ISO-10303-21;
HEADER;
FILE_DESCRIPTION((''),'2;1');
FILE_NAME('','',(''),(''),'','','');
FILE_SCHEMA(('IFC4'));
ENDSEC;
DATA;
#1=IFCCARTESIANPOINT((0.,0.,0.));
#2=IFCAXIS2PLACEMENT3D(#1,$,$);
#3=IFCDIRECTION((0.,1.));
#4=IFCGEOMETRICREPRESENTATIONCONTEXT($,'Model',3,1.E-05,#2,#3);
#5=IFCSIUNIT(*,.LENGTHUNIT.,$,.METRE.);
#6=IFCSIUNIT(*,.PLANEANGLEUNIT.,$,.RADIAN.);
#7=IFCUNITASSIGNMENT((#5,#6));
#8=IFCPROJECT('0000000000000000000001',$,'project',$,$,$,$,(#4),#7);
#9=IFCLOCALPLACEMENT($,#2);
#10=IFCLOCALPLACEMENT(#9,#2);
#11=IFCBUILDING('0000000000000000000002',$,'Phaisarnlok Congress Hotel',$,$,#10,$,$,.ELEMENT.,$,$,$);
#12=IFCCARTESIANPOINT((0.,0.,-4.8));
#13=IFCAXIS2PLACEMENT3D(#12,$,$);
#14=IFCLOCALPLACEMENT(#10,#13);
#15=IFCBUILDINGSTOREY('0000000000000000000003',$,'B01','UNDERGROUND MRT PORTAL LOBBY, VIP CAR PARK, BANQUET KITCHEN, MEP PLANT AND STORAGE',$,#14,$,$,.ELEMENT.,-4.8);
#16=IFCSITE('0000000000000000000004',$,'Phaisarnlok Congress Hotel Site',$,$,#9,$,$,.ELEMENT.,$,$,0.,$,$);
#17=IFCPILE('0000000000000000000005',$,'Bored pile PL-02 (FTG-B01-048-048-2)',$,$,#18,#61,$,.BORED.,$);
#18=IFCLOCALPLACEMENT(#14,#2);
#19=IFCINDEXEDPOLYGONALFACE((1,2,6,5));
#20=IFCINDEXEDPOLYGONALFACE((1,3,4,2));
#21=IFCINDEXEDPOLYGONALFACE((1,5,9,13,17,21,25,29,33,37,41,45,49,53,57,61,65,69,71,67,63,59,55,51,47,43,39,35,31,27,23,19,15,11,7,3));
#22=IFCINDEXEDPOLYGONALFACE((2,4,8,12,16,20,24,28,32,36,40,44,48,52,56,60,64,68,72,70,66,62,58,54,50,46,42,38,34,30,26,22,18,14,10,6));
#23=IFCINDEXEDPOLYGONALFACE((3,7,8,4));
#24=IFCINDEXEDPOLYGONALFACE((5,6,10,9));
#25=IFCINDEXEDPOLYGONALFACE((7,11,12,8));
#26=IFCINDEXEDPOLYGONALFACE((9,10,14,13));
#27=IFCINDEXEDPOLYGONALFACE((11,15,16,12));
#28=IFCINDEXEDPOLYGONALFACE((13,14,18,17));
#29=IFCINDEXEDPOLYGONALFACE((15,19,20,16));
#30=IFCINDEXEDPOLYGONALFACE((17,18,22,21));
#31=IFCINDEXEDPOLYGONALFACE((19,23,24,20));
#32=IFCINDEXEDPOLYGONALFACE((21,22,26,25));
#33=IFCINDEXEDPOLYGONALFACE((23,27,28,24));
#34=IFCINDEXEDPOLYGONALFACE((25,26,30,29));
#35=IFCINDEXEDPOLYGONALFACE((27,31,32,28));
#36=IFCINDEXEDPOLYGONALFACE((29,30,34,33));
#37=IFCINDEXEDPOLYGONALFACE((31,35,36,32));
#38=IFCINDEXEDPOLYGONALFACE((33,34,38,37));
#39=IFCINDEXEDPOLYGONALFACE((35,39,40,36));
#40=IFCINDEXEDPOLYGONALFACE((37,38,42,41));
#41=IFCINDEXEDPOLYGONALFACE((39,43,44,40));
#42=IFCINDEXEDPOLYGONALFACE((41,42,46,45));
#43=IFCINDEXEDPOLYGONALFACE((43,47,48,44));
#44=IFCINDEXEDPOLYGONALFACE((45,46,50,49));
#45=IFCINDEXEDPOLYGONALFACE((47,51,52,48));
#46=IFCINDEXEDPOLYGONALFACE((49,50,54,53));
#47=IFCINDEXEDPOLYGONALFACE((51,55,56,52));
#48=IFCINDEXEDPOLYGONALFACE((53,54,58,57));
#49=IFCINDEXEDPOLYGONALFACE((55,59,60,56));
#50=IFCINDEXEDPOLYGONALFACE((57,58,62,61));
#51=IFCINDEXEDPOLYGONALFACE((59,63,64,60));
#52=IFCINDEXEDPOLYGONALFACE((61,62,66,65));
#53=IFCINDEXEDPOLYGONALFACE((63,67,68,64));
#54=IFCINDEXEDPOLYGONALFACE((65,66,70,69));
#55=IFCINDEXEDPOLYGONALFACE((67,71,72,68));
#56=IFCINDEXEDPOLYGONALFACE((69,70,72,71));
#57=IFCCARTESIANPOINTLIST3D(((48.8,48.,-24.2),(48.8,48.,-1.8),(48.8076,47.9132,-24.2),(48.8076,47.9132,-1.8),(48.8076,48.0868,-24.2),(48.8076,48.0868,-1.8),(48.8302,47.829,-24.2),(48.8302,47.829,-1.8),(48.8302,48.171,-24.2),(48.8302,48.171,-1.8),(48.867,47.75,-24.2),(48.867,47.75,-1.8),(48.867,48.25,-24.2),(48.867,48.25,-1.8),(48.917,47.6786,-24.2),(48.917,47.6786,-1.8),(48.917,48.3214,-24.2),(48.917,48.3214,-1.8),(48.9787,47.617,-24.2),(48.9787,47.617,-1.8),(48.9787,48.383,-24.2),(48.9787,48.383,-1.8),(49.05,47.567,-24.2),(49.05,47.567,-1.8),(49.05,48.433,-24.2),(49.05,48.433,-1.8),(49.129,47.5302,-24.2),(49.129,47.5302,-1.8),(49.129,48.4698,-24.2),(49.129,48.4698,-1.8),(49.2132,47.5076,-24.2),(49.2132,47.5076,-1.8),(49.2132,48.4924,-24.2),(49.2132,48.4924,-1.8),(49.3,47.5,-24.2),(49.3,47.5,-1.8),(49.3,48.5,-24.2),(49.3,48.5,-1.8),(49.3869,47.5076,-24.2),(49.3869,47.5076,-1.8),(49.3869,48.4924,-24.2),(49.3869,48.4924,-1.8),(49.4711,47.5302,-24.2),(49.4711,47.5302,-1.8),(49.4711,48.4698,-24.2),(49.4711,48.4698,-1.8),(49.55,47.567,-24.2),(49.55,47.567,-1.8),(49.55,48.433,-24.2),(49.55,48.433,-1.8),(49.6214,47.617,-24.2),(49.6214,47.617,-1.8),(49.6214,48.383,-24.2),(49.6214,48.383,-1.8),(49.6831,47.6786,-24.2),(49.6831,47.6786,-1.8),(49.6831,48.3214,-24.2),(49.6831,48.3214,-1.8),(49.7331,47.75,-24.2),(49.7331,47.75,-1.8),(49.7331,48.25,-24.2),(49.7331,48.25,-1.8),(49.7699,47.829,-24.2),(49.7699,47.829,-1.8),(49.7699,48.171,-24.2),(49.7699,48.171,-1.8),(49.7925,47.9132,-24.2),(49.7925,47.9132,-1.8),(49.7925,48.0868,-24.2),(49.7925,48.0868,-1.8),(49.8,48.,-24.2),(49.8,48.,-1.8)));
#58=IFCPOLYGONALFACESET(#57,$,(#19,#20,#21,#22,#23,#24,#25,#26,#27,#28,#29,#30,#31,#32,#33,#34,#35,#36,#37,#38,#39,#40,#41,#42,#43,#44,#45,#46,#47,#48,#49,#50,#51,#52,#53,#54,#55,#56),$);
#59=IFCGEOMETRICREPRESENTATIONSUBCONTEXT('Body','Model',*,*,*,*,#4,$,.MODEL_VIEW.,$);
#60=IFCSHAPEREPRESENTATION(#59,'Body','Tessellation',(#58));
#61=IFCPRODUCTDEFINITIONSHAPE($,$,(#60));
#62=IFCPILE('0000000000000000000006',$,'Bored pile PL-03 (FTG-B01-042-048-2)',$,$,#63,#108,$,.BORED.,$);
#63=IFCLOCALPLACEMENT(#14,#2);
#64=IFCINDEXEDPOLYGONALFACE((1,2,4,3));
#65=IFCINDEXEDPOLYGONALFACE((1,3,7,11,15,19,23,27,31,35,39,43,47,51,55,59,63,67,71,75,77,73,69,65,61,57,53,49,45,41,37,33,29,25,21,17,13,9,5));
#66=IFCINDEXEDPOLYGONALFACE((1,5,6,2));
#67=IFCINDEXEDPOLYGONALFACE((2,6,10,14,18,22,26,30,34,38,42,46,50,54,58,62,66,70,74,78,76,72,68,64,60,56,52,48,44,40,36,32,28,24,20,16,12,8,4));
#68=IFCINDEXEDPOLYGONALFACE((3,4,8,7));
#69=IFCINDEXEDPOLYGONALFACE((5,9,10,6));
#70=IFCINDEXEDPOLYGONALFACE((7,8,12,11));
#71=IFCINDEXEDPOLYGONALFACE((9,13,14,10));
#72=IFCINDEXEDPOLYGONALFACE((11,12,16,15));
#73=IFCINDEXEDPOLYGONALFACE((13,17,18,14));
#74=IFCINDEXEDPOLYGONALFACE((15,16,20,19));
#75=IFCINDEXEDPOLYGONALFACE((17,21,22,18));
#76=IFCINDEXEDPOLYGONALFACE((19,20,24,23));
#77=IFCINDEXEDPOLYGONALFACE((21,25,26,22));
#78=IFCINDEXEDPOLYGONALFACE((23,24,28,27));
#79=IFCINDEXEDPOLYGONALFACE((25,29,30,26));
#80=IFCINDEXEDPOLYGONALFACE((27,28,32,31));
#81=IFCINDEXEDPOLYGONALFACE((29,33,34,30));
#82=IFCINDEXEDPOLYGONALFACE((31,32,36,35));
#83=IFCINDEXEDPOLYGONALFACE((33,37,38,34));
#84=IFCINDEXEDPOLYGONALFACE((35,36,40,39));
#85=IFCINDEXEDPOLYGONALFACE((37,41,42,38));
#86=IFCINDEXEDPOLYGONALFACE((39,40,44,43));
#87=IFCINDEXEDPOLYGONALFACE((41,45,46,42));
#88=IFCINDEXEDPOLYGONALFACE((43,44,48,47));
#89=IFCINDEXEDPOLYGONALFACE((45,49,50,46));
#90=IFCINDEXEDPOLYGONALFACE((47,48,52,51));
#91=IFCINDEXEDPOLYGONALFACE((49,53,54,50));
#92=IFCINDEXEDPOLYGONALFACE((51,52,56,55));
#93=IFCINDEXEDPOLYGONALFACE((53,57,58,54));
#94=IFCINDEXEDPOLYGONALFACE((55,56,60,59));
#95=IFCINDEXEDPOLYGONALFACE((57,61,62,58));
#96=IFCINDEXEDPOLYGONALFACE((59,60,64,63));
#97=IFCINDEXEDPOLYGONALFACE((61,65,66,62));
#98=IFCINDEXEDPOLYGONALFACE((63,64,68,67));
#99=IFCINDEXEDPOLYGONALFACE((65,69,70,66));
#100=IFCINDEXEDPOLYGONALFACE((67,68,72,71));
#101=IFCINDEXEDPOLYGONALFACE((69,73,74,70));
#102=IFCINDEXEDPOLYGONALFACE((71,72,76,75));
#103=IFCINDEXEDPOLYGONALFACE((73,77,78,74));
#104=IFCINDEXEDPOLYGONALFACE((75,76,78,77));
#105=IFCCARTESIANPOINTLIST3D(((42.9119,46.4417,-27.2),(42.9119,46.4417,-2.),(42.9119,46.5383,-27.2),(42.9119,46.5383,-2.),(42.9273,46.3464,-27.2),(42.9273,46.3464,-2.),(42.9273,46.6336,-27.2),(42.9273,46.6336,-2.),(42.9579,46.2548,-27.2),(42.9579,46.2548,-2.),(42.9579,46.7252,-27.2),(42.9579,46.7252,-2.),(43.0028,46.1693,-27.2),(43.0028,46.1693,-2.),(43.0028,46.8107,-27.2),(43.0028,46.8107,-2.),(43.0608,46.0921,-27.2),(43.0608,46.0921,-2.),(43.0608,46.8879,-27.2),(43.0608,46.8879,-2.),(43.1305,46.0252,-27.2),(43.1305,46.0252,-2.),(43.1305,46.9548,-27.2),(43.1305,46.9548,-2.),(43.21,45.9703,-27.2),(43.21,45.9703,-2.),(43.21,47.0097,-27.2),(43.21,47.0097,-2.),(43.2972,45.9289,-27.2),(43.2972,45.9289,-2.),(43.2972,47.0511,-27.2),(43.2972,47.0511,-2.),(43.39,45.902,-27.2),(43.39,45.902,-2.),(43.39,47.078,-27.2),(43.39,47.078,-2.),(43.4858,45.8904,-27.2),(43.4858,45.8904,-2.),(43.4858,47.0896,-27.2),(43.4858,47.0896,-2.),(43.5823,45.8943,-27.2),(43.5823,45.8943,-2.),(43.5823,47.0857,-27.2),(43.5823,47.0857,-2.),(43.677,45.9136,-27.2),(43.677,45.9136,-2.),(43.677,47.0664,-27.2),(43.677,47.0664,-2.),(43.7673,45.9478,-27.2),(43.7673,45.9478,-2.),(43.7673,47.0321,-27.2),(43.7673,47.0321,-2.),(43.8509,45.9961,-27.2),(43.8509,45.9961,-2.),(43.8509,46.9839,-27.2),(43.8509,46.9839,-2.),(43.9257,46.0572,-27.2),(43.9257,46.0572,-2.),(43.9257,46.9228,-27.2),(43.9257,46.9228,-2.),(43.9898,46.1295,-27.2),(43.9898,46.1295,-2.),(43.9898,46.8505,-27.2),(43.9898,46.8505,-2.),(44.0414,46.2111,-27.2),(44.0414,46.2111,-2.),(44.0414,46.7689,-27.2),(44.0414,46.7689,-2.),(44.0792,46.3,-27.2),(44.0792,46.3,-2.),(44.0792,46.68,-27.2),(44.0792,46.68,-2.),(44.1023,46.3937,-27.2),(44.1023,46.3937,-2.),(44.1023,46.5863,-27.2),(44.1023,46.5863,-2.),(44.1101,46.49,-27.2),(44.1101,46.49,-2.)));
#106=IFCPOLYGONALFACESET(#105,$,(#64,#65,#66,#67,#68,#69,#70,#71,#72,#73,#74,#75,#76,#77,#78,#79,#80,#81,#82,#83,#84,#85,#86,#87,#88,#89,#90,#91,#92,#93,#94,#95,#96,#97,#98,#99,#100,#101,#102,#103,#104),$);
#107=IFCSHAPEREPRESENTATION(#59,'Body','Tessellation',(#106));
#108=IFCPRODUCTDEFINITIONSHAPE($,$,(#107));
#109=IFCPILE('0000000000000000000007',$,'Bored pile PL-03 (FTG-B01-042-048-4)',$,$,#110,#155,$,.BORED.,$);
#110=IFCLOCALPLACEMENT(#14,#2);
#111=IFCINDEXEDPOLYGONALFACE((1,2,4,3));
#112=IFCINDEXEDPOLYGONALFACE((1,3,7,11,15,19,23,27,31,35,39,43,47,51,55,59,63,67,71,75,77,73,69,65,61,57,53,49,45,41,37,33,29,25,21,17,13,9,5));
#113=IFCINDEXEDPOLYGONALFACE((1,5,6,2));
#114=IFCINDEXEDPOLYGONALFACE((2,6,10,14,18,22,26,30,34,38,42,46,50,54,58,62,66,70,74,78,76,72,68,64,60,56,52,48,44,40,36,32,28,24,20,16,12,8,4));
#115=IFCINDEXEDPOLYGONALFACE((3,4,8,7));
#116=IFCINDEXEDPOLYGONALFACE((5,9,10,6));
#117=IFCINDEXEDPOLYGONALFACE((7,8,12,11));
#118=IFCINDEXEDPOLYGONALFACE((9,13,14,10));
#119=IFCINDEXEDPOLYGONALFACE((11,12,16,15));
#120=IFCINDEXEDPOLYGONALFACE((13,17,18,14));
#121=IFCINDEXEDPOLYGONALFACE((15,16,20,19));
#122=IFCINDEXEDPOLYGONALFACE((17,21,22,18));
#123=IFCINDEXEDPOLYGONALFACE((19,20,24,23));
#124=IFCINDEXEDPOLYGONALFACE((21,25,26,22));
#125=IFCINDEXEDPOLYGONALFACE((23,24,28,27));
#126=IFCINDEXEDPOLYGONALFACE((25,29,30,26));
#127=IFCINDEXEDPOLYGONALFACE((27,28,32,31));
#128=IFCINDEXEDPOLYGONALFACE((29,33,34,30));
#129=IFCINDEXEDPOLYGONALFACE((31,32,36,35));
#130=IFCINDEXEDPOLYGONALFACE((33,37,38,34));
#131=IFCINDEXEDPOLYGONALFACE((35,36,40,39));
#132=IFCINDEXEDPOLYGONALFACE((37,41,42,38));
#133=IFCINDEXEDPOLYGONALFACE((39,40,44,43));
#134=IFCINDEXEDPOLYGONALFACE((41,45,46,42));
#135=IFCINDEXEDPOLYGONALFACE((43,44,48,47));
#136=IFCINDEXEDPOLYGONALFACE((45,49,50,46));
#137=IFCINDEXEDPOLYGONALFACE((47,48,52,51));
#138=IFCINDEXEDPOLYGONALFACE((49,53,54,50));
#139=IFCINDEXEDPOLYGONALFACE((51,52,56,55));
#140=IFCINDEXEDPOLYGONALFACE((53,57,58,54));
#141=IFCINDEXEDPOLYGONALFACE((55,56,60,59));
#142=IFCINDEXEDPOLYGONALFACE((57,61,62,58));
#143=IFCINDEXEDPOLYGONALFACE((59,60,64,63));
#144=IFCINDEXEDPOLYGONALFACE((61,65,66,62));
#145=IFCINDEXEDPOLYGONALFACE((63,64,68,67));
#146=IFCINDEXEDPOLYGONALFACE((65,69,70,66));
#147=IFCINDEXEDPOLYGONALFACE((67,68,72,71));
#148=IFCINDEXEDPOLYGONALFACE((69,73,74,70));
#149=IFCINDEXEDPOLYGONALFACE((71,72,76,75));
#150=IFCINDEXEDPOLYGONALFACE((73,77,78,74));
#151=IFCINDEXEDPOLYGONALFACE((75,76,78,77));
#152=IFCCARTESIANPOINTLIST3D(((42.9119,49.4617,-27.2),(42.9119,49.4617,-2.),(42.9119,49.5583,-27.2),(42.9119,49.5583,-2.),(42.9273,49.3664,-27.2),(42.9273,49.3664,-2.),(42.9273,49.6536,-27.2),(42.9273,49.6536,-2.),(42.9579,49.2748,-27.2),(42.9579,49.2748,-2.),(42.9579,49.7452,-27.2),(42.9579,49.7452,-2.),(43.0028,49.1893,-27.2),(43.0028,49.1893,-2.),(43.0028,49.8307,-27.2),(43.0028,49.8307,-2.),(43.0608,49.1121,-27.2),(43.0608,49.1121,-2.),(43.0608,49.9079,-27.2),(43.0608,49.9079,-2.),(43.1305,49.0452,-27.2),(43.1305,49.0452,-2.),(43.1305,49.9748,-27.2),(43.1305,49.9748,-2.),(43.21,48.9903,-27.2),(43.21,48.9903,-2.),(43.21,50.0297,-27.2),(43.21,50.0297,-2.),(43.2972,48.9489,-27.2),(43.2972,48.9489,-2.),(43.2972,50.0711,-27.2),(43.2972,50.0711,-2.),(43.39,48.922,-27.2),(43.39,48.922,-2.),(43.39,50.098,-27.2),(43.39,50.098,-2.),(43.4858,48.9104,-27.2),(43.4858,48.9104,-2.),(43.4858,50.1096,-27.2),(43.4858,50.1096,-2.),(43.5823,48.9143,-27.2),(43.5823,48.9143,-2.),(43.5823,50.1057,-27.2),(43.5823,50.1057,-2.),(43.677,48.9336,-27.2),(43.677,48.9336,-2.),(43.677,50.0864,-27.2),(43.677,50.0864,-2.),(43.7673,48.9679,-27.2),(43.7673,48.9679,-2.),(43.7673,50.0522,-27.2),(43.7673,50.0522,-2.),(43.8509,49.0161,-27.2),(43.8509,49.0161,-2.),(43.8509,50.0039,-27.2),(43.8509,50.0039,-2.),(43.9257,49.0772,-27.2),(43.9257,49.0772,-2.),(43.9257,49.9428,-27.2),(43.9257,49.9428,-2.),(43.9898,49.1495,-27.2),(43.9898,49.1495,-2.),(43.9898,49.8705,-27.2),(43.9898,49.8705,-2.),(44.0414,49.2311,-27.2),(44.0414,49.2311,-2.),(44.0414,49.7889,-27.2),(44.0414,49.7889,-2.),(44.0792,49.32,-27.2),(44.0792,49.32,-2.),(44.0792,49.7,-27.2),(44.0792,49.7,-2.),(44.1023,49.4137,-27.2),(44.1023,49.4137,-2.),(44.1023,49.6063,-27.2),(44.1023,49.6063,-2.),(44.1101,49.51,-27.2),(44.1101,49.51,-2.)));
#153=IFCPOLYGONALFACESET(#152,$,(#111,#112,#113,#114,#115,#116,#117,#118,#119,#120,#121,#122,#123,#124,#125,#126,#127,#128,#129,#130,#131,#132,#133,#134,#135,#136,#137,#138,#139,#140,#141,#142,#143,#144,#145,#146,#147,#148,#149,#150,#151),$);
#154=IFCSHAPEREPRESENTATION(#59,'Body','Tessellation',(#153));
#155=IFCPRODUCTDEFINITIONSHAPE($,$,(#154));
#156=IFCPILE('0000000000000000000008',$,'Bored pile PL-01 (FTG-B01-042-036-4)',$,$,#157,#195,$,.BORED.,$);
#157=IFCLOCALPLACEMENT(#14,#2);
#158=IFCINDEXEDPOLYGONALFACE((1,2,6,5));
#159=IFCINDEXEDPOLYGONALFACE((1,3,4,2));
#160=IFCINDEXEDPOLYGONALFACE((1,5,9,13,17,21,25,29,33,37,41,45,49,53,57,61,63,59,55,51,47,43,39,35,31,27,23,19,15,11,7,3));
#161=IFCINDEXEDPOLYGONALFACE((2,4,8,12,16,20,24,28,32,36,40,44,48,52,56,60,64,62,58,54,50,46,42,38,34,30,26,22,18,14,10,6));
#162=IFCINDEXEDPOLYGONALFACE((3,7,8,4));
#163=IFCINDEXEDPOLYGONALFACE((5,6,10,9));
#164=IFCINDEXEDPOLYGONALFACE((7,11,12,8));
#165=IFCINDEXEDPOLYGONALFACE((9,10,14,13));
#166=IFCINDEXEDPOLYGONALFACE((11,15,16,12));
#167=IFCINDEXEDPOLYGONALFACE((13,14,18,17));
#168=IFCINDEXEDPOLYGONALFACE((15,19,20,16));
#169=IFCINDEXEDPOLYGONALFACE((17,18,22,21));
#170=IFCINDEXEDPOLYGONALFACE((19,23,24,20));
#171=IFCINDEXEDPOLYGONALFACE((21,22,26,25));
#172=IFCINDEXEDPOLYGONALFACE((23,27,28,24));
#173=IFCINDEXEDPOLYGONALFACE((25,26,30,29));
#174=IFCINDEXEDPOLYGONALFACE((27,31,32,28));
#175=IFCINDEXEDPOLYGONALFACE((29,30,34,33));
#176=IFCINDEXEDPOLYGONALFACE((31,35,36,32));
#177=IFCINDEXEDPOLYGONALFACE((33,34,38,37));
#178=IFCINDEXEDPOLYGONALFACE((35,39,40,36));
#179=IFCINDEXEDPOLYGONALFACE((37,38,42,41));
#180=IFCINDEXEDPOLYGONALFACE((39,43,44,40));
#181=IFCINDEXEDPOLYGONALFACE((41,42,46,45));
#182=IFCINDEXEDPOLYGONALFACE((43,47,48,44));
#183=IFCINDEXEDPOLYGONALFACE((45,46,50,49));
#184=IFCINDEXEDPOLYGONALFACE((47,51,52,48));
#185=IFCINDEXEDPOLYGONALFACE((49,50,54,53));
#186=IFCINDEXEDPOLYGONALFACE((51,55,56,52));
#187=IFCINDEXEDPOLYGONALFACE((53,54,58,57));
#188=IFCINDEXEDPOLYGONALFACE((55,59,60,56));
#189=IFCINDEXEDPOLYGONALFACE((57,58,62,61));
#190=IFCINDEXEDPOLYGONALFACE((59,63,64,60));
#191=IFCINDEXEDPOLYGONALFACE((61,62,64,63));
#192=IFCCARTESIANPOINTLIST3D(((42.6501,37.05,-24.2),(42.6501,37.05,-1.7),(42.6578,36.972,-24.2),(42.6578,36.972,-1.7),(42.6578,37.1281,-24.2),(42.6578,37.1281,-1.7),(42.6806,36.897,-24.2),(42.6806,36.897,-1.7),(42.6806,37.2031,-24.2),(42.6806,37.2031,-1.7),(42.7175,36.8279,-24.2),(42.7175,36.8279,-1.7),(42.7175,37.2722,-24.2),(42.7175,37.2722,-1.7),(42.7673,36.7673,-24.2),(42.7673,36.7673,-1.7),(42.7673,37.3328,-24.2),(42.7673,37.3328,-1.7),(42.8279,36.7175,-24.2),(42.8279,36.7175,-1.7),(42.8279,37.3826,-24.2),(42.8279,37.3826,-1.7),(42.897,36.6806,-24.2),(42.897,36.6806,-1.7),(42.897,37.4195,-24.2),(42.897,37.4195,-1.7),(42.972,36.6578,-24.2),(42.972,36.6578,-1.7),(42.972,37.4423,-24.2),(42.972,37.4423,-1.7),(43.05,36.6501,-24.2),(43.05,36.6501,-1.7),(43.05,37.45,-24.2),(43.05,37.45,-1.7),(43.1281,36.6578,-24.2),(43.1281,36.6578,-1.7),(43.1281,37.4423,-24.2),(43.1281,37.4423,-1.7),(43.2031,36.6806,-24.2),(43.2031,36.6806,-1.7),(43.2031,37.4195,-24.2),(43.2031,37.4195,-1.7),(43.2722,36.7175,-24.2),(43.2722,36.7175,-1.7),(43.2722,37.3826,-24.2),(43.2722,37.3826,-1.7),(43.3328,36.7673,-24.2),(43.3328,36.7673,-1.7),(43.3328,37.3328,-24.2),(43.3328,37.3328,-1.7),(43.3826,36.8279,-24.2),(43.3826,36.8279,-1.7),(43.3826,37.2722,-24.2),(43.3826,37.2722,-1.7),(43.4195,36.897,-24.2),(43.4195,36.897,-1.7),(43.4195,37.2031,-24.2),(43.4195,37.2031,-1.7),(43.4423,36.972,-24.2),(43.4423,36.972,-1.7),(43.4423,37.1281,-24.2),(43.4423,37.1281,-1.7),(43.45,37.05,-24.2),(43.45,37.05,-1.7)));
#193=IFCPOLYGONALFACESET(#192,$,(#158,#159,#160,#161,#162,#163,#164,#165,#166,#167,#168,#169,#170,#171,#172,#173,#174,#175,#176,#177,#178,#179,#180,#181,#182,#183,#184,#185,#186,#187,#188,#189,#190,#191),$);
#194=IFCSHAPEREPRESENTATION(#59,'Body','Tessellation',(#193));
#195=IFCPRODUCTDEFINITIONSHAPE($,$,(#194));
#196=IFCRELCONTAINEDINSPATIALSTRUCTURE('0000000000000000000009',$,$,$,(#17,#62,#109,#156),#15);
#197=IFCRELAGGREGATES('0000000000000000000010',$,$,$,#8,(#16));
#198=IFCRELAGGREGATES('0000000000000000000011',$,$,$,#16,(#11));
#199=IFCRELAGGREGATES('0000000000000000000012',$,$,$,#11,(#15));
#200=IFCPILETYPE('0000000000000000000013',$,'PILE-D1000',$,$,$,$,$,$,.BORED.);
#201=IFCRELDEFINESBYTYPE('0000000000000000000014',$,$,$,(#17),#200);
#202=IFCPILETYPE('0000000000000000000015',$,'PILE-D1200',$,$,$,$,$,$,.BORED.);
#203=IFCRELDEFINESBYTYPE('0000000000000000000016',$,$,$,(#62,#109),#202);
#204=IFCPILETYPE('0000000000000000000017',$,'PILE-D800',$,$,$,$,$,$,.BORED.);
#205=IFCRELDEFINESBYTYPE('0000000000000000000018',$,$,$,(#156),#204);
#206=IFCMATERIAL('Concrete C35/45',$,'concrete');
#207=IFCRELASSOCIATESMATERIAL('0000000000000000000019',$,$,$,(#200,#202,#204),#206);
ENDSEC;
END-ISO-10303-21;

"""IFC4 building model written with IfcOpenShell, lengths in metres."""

from ifc_helpers import new_model, si_unit, direction, frame, origin, origin_2d, place, context, subcontext, project, spatial, circle, extrude, material, material_profile, profile_set, type_object, element, save


model = new_model("IFC4")

# Units and contexts
model_context = context("Model", 3, precision=1e-05, world=origin(), true_north=direction((0.0, 1.0)))
body_context = subcontext(model_context, "Body", "Model", "MODEL_VIEW")
ifc_project = project(units=[si_unit("LENGTHUNIT", "METRE"), si_unit("PLANEANGLEUNIT", "RADIAN")], contexts=[model_context])

# Site, building, storey
site_placement = place(None, origin())
site = spatial("IfcSite", under=ifc_project, at=site_placement, Name="Phaisarnlok Congress Hotel Site", CompositionType="ELEMENT", RefElevation=0.0)
building_placement = place(site_placement, origin())
building = spatial("IfcBuilding", under=site, at=building_placement, Name="Phaisarnlok Congress Hotel", CompositionType="ELEMENT")
storey_placement = place(building_placement, frame((0.0, 0.0, -4.8)))
storey = spatial("IfcBuildingStorey", under=building, at=storey_placement, Name="B01", Description="UNDERGROUND MRT PORTAL LOBBY, VIP CAR PARK, BANQUET KITCHEN, MEP PLANT AND STORAGE", CompositionType="ELEMENT", Elevation=-4.8)

# Piles
ifc_material_1 = material(Name="Concrete C35/45", Category="concrete")
ifc_material_profile_1 = material_profile(ifc_material_1, circle(Radius=0.5, at=origin_2d()), Name="BORED PILE D1000")
ifc_profile_set_1 = profile_set([ifc_material_profile_1], Name="Concrete C35/45")
pile_type_1 = type_object("IfcPileType", Name="PILE-D1000", PredefinedType="BORED", material=ifc_profile_set_1)
for number, where, z_axis, x_axis, name in (
    (1, (49.3, 48.0, -1.8), (0.0, 0.0, -1.0), (1.0, 0.0, 0.0), "Bored pile PL-02 (FTG-B01-048-048-2)"),
):
    element("IfcPile", number, at=place(storey_placement, frame(where, z_axis=z_axis, x_axis=x_axis)), inside=storey, type_object=pile_type_1, Name=name, PredefinedType="BORED", context=body_context, shape_type="SweptSolid", body=[
        extrude(circle(Radius=0.5, at=origin_2d()), origin(), (0.0, 0.0, 1.0), 22.3999),
    ])
ifc_material_profile_2 = material_profile(ifc_material_1, circle(Radius=0.6001, at=origin_2d()), Name="BORED PILE D1200")
ifc_profile_set_2 = profile_set([ifc_material_profile_2], Name="Concrete C35/45")
pile_type_2 = type_object("IfcPileType", Name="PILE-D1200", PredefinedType="BORED", material=ifc_profile_set_2)
for number, where, z_axis, x_axis, name in (
    (2, (43.51, 46.49, -2.0), (0.0, 0.0, -1.0), (1.0, 0.0, 0.0), "Bored pile PL-03 (FTG-B01-042-048-2)"),
    (3, (43.51, 49.51, -2.0), (0.0, 0.0, -1.0), (1.0, 0.0, 0.0), "Bored pile PL-03 (FTG-B01-042-048-4)"),
):
    element("IfcPile", number, at=place(storey_placement, frame(where, z_axis=z_axis, x_axis=x_axis)), inside=storey, type_object=pile_type_2, Name=name, PredefinedType="BORED", context=body_context, shape_type="SweptSolid", body=[
        extrude(circle(Radius=0.6001, at=origin_2d()), origin(), (0.0, 0.0, 1.0), 25.2),
    ])
ifc_material_profile_3 = material_profile(ifc_material_1, circle(Radius=0.3999, at=origin_2d()), Name="BORED PILE D800")
ifc_profile_set_3 = profile_set([ifc_material_profile_3], Name="Concrete C35/45")
pile_type_3 = type_object("IfcPileType", Name="PILE-D800", PredefinedType="BORED", material=ifc_profile_set_3)
pile_1_placement = place(storey_placement, frame((43.05, 37.05, -1.7), z_axis=(0.0, 0.0, -1.0), x_axis=(1.0, 0.0, 0.0)))
element("IfcPile", 4, at=pile_1_placement, inside=storey, type_object=pile_type_3, Name="Bored pile PL-01 (FTG-B01-042-036-4)", PredefinedType="BORED", context=body_context, shape_type="SweptSolid", body=[
    extrude(circle(Radius=0.3999, at=origin_2d()), origin(), (0.0, 0.0, 1.0), 22.5),
])

save(model, "model.ifc")
